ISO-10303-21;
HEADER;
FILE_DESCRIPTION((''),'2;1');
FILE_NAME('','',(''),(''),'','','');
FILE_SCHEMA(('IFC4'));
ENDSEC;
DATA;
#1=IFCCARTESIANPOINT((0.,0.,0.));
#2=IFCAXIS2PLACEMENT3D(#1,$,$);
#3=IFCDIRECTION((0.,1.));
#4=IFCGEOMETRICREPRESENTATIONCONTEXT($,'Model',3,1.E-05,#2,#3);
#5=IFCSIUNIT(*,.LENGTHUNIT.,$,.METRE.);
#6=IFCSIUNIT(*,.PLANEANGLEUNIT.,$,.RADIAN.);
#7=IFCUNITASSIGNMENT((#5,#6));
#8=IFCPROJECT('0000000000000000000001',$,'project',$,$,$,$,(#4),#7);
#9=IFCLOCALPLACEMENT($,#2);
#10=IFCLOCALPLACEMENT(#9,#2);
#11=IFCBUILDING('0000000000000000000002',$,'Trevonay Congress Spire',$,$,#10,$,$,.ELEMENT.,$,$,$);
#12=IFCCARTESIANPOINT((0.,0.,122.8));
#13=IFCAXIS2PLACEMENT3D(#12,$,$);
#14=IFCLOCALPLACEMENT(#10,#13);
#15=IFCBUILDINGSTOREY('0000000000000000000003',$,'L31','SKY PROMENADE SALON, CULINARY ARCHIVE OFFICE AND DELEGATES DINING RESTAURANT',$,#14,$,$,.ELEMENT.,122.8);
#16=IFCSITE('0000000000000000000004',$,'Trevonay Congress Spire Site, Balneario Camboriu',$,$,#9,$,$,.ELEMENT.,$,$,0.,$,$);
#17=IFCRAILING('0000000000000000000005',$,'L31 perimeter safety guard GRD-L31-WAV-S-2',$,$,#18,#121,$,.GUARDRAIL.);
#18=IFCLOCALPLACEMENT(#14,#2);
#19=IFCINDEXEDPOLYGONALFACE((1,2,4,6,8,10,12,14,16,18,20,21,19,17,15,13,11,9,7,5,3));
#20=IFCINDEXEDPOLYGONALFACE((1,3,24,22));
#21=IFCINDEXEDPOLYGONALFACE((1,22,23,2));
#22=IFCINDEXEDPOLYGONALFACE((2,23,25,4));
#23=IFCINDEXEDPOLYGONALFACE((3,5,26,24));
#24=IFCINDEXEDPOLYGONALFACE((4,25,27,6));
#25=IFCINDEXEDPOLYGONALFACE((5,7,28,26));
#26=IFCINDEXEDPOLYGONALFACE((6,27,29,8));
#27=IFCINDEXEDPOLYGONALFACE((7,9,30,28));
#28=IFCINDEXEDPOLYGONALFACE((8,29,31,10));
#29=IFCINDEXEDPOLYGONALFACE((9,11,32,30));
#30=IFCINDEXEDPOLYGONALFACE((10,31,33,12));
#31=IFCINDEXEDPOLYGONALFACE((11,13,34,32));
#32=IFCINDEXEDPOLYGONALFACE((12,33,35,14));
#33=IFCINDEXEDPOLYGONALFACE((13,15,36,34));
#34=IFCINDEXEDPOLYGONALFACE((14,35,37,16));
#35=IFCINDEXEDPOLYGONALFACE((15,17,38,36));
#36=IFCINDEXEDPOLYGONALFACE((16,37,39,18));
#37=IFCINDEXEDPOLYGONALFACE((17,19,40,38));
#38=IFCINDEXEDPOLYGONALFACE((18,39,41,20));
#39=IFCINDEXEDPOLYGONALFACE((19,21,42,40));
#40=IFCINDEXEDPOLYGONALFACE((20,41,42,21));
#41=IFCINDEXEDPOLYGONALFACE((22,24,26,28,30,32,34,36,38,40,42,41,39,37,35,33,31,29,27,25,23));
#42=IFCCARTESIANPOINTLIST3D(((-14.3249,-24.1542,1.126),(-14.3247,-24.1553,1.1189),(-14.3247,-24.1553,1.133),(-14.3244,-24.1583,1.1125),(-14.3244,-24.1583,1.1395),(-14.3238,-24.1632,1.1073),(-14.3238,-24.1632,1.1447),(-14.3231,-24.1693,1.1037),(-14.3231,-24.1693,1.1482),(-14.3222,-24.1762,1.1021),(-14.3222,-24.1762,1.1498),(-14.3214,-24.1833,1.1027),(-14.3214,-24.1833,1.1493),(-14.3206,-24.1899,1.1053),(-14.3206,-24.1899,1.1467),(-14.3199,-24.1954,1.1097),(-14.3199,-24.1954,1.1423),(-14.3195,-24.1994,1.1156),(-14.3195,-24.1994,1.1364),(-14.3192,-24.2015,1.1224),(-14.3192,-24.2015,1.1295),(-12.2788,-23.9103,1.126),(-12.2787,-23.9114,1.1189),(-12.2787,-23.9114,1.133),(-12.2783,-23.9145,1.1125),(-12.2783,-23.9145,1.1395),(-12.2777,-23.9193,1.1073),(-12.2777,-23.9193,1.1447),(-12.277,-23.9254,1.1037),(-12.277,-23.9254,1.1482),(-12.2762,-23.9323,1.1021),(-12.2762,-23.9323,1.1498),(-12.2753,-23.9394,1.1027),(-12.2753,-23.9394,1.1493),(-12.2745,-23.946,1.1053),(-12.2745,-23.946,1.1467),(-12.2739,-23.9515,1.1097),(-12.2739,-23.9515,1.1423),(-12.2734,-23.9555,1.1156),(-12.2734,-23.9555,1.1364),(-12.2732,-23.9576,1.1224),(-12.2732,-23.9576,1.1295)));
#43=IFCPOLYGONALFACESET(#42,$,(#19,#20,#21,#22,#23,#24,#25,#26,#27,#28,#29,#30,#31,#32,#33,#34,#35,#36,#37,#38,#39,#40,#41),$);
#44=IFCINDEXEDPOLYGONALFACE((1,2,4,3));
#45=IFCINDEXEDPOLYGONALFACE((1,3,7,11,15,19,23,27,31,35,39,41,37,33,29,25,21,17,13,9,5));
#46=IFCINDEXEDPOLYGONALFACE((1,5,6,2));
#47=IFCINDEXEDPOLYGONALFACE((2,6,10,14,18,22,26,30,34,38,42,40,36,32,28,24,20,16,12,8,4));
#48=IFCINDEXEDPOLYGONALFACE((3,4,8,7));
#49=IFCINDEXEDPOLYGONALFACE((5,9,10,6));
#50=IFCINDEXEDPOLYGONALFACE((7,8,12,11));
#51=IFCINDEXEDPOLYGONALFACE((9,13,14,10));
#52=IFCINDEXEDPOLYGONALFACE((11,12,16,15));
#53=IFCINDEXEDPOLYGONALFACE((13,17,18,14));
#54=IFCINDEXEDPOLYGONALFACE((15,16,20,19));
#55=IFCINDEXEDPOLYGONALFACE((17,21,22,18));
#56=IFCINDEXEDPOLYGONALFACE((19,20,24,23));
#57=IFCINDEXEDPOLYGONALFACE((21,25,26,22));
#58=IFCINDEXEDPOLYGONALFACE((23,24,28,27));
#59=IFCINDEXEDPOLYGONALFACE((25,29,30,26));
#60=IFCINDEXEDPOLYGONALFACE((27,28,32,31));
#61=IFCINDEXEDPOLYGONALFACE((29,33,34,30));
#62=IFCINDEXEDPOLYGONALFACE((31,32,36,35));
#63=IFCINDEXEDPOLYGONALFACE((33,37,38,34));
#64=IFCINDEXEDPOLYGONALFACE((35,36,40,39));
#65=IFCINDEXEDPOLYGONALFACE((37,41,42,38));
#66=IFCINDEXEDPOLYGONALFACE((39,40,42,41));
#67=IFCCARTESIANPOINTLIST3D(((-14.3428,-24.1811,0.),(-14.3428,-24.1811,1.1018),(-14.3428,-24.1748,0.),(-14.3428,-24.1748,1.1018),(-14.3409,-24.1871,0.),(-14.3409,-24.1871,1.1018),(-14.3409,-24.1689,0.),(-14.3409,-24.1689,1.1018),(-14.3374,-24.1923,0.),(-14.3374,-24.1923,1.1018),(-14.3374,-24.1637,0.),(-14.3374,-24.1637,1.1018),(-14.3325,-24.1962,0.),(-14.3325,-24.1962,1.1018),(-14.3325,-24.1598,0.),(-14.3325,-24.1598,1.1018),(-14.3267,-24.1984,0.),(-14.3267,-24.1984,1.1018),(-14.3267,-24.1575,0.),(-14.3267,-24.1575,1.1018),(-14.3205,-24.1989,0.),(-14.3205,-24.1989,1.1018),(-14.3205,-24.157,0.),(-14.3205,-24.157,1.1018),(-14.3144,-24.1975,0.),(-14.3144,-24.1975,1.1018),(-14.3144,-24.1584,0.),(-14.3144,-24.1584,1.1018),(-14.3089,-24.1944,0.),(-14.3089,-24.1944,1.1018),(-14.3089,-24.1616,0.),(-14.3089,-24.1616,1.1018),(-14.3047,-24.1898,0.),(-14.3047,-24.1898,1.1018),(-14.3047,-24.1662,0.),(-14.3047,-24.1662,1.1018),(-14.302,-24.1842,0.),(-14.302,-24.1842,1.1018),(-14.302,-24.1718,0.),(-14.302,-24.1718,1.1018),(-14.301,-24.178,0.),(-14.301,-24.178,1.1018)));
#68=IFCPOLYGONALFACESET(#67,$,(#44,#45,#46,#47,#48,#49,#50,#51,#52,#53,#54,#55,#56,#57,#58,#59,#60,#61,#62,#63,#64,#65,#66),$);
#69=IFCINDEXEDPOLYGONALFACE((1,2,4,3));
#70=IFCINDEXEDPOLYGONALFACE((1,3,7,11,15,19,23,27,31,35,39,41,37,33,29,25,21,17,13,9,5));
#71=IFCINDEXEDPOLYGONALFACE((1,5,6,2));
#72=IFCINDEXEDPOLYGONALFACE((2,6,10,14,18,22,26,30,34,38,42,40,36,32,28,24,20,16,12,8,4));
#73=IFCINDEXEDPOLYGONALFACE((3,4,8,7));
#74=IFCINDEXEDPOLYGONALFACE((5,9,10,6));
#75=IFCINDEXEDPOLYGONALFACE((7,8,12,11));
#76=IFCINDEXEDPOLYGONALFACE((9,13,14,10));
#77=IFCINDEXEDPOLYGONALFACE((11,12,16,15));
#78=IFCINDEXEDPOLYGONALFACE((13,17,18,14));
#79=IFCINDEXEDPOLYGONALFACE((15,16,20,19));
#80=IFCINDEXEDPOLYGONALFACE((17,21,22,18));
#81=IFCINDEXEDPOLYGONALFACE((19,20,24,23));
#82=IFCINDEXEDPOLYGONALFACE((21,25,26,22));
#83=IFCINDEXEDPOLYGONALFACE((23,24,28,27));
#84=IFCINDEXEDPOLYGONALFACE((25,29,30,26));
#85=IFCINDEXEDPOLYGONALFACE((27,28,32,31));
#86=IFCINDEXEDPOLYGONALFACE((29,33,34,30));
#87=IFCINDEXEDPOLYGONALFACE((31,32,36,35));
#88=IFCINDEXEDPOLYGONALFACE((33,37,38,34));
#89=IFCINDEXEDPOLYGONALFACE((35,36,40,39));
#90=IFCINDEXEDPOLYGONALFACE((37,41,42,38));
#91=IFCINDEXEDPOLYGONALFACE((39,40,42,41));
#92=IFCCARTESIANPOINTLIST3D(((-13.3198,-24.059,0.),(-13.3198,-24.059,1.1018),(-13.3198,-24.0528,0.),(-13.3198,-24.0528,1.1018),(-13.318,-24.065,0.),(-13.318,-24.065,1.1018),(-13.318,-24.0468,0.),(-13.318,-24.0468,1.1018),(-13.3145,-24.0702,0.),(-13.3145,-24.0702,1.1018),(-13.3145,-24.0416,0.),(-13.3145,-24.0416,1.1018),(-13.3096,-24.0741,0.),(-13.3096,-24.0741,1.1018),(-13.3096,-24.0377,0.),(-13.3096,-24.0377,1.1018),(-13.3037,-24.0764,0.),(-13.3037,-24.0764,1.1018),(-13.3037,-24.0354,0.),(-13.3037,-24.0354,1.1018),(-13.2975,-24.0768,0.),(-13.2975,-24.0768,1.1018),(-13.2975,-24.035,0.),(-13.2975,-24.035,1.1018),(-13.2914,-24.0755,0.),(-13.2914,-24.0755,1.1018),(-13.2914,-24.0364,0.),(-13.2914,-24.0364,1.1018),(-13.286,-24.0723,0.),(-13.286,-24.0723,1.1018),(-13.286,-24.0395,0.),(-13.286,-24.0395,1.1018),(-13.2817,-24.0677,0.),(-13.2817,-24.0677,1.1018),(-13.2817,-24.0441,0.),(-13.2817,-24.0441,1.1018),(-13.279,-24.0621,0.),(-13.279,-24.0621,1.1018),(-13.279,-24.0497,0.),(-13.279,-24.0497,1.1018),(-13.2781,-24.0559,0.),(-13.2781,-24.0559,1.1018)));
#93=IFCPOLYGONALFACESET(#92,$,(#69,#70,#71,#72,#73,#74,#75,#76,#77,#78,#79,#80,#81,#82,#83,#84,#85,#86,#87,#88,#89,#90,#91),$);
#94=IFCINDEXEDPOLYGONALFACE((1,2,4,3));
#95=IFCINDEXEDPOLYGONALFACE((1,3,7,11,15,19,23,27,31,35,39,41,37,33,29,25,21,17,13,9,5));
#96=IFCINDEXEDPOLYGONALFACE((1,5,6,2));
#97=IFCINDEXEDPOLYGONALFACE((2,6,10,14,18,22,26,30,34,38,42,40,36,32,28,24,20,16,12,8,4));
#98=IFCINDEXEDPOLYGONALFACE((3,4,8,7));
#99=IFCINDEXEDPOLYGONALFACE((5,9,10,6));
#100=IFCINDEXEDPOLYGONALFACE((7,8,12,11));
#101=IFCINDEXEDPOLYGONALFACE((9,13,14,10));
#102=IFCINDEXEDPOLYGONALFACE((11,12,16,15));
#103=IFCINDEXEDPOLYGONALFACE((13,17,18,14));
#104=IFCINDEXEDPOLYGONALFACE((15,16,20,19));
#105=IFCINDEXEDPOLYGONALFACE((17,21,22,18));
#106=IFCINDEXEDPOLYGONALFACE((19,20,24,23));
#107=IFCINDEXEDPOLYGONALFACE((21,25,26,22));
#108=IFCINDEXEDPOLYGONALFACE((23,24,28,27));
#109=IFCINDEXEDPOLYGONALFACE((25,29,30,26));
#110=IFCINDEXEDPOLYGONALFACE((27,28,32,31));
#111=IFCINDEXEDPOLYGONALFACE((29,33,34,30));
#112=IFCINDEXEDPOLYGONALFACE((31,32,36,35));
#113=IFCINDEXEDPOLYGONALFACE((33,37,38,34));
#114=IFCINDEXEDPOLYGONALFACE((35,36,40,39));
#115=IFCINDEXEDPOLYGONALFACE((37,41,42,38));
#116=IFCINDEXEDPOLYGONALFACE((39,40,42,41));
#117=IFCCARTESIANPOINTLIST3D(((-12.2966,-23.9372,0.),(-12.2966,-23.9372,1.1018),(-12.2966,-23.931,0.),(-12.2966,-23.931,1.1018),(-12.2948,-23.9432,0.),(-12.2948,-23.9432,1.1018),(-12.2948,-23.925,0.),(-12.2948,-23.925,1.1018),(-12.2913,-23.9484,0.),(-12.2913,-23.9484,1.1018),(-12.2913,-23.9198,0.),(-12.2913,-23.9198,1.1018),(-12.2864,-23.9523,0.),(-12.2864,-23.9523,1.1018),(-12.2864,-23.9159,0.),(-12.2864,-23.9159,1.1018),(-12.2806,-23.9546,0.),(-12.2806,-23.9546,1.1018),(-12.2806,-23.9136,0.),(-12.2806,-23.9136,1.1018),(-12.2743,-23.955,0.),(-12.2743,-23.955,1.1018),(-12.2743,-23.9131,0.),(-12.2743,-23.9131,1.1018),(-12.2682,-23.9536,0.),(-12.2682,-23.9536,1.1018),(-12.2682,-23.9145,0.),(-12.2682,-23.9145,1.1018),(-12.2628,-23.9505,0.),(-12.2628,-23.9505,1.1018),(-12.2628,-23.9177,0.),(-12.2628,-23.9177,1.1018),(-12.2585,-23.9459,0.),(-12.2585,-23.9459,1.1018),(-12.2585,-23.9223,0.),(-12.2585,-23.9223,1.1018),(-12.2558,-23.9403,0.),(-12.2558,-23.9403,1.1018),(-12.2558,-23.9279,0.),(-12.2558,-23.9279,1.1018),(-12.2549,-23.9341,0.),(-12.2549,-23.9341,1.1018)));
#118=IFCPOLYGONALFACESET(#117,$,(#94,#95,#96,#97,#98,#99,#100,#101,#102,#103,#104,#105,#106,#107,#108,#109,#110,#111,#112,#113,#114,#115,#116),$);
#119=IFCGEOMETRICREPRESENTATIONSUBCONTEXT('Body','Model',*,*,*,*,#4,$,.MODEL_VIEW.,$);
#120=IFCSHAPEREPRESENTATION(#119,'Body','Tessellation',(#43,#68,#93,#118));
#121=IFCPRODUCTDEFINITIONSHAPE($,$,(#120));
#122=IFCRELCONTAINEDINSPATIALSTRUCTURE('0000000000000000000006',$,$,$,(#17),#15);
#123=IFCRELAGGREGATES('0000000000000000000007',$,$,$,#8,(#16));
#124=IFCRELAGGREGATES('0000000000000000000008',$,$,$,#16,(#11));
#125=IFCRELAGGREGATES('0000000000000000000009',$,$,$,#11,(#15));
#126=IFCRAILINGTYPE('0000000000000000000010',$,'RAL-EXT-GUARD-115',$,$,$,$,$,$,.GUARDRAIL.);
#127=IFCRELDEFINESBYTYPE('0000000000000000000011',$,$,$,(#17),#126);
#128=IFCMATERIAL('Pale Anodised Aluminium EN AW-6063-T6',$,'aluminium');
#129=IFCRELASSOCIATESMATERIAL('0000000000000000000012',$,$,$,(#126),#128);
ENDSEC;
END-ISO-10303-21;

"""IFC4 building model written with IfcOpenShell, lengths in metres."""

from ifc_helpers import new_model, si_unit, direction, frame, origin, origin_2d, place, context, subcontext, project, spatial, circle, extrude, material, type_object, element, save


model = new_model("IFC4")

# Units and contexts
model_context = context("Model", 3, precision=1e-05, world=origin(), true_north=direction((0.0, 1.0)))
body_context = subcontext(model_context, "Body", "Model", "MODEL_VIEW")
ifc_project = project(units=[si_unit("LENGTHUNIT", "METRE"), si_unit("PLANEANGLEUNIT", "RADIAN")], contexts=[model_context])

# Site, building, storey
site_placement = place(None, origin())
site = spatial("IfcSite", under=ifc_project, at=site_placement, Name="Trevonay Congress Spire Site, Balneario Camboriu", CompositionType="ELEMENT", RefElevation=0.0)
building_placement = place(site_placement, origin())
building = spatial("IfcBuilding", under=site, at=building_placement, Name="Trevonay Congress Spire", CompositionType="ELEMENT")
storey_placement = place(building_placement, frame((0.0, 0.0, 122.8)))
storey = spatial("IfcBuildingStorey", under=building, at=storey_placement, Name="L31", Description="SKY PROMENADE SALON, CULINARY ARCHIVE OFFICE AND DELEGATES DINING RESTAURANT", CompositionType="ELEMENT", Elevation=122.8)

# Shared definitions
ifc_material_1 = material(Name="Pale Anodised Aluminium EN AW-6063-T6", Category="aluminium")

# Railing
railing_type = type_object("IfcRailingType", Name="RAL-EXT-GUARD-115", PredefinedType="GUARDRAIL", material=ifc_material_1)
railing_1_placement = place(storey_placement, frame((-14.322, -24.178, 0.0)))
element("IfcRailing", 1, at=railing_1_placement, inside=storey, type_object=railing_type, Name="L31 perimeter safety guard GRD-L31-WAV-S-2", PredefinedType="GUARDRAIL", context=body_context, shape_type="SweptSolid", body=[
    extrude(circle(Radius=0.0239, at=origin_2d()), frame((0.0, 0.0, 1.126), z_axis=(0.992971, 0.11836, 0.0), x_axis=(-0.11836, 0.992971, 0.0)), (0.0, 0.0, 1.0), 2.0605),
    extrude(circle(Radius=0.021, at=origin_2d()), origin(), (0.0, 0.0, 1.0), 1.1018),
    extrude(circle(Radius=0.021, at=origin_2d()), frame((1.0229, 0.1221, 0.0)), (0.0, 0.0, 1.0), 1.1018),
    extrude(circle(Radius=0.021, at=origin_2d()), frame((2.0461, 0.2439, 0.0)), (0.0, 0.0, 1.0), 1.1018),
])

save(model, "model.ifc")
